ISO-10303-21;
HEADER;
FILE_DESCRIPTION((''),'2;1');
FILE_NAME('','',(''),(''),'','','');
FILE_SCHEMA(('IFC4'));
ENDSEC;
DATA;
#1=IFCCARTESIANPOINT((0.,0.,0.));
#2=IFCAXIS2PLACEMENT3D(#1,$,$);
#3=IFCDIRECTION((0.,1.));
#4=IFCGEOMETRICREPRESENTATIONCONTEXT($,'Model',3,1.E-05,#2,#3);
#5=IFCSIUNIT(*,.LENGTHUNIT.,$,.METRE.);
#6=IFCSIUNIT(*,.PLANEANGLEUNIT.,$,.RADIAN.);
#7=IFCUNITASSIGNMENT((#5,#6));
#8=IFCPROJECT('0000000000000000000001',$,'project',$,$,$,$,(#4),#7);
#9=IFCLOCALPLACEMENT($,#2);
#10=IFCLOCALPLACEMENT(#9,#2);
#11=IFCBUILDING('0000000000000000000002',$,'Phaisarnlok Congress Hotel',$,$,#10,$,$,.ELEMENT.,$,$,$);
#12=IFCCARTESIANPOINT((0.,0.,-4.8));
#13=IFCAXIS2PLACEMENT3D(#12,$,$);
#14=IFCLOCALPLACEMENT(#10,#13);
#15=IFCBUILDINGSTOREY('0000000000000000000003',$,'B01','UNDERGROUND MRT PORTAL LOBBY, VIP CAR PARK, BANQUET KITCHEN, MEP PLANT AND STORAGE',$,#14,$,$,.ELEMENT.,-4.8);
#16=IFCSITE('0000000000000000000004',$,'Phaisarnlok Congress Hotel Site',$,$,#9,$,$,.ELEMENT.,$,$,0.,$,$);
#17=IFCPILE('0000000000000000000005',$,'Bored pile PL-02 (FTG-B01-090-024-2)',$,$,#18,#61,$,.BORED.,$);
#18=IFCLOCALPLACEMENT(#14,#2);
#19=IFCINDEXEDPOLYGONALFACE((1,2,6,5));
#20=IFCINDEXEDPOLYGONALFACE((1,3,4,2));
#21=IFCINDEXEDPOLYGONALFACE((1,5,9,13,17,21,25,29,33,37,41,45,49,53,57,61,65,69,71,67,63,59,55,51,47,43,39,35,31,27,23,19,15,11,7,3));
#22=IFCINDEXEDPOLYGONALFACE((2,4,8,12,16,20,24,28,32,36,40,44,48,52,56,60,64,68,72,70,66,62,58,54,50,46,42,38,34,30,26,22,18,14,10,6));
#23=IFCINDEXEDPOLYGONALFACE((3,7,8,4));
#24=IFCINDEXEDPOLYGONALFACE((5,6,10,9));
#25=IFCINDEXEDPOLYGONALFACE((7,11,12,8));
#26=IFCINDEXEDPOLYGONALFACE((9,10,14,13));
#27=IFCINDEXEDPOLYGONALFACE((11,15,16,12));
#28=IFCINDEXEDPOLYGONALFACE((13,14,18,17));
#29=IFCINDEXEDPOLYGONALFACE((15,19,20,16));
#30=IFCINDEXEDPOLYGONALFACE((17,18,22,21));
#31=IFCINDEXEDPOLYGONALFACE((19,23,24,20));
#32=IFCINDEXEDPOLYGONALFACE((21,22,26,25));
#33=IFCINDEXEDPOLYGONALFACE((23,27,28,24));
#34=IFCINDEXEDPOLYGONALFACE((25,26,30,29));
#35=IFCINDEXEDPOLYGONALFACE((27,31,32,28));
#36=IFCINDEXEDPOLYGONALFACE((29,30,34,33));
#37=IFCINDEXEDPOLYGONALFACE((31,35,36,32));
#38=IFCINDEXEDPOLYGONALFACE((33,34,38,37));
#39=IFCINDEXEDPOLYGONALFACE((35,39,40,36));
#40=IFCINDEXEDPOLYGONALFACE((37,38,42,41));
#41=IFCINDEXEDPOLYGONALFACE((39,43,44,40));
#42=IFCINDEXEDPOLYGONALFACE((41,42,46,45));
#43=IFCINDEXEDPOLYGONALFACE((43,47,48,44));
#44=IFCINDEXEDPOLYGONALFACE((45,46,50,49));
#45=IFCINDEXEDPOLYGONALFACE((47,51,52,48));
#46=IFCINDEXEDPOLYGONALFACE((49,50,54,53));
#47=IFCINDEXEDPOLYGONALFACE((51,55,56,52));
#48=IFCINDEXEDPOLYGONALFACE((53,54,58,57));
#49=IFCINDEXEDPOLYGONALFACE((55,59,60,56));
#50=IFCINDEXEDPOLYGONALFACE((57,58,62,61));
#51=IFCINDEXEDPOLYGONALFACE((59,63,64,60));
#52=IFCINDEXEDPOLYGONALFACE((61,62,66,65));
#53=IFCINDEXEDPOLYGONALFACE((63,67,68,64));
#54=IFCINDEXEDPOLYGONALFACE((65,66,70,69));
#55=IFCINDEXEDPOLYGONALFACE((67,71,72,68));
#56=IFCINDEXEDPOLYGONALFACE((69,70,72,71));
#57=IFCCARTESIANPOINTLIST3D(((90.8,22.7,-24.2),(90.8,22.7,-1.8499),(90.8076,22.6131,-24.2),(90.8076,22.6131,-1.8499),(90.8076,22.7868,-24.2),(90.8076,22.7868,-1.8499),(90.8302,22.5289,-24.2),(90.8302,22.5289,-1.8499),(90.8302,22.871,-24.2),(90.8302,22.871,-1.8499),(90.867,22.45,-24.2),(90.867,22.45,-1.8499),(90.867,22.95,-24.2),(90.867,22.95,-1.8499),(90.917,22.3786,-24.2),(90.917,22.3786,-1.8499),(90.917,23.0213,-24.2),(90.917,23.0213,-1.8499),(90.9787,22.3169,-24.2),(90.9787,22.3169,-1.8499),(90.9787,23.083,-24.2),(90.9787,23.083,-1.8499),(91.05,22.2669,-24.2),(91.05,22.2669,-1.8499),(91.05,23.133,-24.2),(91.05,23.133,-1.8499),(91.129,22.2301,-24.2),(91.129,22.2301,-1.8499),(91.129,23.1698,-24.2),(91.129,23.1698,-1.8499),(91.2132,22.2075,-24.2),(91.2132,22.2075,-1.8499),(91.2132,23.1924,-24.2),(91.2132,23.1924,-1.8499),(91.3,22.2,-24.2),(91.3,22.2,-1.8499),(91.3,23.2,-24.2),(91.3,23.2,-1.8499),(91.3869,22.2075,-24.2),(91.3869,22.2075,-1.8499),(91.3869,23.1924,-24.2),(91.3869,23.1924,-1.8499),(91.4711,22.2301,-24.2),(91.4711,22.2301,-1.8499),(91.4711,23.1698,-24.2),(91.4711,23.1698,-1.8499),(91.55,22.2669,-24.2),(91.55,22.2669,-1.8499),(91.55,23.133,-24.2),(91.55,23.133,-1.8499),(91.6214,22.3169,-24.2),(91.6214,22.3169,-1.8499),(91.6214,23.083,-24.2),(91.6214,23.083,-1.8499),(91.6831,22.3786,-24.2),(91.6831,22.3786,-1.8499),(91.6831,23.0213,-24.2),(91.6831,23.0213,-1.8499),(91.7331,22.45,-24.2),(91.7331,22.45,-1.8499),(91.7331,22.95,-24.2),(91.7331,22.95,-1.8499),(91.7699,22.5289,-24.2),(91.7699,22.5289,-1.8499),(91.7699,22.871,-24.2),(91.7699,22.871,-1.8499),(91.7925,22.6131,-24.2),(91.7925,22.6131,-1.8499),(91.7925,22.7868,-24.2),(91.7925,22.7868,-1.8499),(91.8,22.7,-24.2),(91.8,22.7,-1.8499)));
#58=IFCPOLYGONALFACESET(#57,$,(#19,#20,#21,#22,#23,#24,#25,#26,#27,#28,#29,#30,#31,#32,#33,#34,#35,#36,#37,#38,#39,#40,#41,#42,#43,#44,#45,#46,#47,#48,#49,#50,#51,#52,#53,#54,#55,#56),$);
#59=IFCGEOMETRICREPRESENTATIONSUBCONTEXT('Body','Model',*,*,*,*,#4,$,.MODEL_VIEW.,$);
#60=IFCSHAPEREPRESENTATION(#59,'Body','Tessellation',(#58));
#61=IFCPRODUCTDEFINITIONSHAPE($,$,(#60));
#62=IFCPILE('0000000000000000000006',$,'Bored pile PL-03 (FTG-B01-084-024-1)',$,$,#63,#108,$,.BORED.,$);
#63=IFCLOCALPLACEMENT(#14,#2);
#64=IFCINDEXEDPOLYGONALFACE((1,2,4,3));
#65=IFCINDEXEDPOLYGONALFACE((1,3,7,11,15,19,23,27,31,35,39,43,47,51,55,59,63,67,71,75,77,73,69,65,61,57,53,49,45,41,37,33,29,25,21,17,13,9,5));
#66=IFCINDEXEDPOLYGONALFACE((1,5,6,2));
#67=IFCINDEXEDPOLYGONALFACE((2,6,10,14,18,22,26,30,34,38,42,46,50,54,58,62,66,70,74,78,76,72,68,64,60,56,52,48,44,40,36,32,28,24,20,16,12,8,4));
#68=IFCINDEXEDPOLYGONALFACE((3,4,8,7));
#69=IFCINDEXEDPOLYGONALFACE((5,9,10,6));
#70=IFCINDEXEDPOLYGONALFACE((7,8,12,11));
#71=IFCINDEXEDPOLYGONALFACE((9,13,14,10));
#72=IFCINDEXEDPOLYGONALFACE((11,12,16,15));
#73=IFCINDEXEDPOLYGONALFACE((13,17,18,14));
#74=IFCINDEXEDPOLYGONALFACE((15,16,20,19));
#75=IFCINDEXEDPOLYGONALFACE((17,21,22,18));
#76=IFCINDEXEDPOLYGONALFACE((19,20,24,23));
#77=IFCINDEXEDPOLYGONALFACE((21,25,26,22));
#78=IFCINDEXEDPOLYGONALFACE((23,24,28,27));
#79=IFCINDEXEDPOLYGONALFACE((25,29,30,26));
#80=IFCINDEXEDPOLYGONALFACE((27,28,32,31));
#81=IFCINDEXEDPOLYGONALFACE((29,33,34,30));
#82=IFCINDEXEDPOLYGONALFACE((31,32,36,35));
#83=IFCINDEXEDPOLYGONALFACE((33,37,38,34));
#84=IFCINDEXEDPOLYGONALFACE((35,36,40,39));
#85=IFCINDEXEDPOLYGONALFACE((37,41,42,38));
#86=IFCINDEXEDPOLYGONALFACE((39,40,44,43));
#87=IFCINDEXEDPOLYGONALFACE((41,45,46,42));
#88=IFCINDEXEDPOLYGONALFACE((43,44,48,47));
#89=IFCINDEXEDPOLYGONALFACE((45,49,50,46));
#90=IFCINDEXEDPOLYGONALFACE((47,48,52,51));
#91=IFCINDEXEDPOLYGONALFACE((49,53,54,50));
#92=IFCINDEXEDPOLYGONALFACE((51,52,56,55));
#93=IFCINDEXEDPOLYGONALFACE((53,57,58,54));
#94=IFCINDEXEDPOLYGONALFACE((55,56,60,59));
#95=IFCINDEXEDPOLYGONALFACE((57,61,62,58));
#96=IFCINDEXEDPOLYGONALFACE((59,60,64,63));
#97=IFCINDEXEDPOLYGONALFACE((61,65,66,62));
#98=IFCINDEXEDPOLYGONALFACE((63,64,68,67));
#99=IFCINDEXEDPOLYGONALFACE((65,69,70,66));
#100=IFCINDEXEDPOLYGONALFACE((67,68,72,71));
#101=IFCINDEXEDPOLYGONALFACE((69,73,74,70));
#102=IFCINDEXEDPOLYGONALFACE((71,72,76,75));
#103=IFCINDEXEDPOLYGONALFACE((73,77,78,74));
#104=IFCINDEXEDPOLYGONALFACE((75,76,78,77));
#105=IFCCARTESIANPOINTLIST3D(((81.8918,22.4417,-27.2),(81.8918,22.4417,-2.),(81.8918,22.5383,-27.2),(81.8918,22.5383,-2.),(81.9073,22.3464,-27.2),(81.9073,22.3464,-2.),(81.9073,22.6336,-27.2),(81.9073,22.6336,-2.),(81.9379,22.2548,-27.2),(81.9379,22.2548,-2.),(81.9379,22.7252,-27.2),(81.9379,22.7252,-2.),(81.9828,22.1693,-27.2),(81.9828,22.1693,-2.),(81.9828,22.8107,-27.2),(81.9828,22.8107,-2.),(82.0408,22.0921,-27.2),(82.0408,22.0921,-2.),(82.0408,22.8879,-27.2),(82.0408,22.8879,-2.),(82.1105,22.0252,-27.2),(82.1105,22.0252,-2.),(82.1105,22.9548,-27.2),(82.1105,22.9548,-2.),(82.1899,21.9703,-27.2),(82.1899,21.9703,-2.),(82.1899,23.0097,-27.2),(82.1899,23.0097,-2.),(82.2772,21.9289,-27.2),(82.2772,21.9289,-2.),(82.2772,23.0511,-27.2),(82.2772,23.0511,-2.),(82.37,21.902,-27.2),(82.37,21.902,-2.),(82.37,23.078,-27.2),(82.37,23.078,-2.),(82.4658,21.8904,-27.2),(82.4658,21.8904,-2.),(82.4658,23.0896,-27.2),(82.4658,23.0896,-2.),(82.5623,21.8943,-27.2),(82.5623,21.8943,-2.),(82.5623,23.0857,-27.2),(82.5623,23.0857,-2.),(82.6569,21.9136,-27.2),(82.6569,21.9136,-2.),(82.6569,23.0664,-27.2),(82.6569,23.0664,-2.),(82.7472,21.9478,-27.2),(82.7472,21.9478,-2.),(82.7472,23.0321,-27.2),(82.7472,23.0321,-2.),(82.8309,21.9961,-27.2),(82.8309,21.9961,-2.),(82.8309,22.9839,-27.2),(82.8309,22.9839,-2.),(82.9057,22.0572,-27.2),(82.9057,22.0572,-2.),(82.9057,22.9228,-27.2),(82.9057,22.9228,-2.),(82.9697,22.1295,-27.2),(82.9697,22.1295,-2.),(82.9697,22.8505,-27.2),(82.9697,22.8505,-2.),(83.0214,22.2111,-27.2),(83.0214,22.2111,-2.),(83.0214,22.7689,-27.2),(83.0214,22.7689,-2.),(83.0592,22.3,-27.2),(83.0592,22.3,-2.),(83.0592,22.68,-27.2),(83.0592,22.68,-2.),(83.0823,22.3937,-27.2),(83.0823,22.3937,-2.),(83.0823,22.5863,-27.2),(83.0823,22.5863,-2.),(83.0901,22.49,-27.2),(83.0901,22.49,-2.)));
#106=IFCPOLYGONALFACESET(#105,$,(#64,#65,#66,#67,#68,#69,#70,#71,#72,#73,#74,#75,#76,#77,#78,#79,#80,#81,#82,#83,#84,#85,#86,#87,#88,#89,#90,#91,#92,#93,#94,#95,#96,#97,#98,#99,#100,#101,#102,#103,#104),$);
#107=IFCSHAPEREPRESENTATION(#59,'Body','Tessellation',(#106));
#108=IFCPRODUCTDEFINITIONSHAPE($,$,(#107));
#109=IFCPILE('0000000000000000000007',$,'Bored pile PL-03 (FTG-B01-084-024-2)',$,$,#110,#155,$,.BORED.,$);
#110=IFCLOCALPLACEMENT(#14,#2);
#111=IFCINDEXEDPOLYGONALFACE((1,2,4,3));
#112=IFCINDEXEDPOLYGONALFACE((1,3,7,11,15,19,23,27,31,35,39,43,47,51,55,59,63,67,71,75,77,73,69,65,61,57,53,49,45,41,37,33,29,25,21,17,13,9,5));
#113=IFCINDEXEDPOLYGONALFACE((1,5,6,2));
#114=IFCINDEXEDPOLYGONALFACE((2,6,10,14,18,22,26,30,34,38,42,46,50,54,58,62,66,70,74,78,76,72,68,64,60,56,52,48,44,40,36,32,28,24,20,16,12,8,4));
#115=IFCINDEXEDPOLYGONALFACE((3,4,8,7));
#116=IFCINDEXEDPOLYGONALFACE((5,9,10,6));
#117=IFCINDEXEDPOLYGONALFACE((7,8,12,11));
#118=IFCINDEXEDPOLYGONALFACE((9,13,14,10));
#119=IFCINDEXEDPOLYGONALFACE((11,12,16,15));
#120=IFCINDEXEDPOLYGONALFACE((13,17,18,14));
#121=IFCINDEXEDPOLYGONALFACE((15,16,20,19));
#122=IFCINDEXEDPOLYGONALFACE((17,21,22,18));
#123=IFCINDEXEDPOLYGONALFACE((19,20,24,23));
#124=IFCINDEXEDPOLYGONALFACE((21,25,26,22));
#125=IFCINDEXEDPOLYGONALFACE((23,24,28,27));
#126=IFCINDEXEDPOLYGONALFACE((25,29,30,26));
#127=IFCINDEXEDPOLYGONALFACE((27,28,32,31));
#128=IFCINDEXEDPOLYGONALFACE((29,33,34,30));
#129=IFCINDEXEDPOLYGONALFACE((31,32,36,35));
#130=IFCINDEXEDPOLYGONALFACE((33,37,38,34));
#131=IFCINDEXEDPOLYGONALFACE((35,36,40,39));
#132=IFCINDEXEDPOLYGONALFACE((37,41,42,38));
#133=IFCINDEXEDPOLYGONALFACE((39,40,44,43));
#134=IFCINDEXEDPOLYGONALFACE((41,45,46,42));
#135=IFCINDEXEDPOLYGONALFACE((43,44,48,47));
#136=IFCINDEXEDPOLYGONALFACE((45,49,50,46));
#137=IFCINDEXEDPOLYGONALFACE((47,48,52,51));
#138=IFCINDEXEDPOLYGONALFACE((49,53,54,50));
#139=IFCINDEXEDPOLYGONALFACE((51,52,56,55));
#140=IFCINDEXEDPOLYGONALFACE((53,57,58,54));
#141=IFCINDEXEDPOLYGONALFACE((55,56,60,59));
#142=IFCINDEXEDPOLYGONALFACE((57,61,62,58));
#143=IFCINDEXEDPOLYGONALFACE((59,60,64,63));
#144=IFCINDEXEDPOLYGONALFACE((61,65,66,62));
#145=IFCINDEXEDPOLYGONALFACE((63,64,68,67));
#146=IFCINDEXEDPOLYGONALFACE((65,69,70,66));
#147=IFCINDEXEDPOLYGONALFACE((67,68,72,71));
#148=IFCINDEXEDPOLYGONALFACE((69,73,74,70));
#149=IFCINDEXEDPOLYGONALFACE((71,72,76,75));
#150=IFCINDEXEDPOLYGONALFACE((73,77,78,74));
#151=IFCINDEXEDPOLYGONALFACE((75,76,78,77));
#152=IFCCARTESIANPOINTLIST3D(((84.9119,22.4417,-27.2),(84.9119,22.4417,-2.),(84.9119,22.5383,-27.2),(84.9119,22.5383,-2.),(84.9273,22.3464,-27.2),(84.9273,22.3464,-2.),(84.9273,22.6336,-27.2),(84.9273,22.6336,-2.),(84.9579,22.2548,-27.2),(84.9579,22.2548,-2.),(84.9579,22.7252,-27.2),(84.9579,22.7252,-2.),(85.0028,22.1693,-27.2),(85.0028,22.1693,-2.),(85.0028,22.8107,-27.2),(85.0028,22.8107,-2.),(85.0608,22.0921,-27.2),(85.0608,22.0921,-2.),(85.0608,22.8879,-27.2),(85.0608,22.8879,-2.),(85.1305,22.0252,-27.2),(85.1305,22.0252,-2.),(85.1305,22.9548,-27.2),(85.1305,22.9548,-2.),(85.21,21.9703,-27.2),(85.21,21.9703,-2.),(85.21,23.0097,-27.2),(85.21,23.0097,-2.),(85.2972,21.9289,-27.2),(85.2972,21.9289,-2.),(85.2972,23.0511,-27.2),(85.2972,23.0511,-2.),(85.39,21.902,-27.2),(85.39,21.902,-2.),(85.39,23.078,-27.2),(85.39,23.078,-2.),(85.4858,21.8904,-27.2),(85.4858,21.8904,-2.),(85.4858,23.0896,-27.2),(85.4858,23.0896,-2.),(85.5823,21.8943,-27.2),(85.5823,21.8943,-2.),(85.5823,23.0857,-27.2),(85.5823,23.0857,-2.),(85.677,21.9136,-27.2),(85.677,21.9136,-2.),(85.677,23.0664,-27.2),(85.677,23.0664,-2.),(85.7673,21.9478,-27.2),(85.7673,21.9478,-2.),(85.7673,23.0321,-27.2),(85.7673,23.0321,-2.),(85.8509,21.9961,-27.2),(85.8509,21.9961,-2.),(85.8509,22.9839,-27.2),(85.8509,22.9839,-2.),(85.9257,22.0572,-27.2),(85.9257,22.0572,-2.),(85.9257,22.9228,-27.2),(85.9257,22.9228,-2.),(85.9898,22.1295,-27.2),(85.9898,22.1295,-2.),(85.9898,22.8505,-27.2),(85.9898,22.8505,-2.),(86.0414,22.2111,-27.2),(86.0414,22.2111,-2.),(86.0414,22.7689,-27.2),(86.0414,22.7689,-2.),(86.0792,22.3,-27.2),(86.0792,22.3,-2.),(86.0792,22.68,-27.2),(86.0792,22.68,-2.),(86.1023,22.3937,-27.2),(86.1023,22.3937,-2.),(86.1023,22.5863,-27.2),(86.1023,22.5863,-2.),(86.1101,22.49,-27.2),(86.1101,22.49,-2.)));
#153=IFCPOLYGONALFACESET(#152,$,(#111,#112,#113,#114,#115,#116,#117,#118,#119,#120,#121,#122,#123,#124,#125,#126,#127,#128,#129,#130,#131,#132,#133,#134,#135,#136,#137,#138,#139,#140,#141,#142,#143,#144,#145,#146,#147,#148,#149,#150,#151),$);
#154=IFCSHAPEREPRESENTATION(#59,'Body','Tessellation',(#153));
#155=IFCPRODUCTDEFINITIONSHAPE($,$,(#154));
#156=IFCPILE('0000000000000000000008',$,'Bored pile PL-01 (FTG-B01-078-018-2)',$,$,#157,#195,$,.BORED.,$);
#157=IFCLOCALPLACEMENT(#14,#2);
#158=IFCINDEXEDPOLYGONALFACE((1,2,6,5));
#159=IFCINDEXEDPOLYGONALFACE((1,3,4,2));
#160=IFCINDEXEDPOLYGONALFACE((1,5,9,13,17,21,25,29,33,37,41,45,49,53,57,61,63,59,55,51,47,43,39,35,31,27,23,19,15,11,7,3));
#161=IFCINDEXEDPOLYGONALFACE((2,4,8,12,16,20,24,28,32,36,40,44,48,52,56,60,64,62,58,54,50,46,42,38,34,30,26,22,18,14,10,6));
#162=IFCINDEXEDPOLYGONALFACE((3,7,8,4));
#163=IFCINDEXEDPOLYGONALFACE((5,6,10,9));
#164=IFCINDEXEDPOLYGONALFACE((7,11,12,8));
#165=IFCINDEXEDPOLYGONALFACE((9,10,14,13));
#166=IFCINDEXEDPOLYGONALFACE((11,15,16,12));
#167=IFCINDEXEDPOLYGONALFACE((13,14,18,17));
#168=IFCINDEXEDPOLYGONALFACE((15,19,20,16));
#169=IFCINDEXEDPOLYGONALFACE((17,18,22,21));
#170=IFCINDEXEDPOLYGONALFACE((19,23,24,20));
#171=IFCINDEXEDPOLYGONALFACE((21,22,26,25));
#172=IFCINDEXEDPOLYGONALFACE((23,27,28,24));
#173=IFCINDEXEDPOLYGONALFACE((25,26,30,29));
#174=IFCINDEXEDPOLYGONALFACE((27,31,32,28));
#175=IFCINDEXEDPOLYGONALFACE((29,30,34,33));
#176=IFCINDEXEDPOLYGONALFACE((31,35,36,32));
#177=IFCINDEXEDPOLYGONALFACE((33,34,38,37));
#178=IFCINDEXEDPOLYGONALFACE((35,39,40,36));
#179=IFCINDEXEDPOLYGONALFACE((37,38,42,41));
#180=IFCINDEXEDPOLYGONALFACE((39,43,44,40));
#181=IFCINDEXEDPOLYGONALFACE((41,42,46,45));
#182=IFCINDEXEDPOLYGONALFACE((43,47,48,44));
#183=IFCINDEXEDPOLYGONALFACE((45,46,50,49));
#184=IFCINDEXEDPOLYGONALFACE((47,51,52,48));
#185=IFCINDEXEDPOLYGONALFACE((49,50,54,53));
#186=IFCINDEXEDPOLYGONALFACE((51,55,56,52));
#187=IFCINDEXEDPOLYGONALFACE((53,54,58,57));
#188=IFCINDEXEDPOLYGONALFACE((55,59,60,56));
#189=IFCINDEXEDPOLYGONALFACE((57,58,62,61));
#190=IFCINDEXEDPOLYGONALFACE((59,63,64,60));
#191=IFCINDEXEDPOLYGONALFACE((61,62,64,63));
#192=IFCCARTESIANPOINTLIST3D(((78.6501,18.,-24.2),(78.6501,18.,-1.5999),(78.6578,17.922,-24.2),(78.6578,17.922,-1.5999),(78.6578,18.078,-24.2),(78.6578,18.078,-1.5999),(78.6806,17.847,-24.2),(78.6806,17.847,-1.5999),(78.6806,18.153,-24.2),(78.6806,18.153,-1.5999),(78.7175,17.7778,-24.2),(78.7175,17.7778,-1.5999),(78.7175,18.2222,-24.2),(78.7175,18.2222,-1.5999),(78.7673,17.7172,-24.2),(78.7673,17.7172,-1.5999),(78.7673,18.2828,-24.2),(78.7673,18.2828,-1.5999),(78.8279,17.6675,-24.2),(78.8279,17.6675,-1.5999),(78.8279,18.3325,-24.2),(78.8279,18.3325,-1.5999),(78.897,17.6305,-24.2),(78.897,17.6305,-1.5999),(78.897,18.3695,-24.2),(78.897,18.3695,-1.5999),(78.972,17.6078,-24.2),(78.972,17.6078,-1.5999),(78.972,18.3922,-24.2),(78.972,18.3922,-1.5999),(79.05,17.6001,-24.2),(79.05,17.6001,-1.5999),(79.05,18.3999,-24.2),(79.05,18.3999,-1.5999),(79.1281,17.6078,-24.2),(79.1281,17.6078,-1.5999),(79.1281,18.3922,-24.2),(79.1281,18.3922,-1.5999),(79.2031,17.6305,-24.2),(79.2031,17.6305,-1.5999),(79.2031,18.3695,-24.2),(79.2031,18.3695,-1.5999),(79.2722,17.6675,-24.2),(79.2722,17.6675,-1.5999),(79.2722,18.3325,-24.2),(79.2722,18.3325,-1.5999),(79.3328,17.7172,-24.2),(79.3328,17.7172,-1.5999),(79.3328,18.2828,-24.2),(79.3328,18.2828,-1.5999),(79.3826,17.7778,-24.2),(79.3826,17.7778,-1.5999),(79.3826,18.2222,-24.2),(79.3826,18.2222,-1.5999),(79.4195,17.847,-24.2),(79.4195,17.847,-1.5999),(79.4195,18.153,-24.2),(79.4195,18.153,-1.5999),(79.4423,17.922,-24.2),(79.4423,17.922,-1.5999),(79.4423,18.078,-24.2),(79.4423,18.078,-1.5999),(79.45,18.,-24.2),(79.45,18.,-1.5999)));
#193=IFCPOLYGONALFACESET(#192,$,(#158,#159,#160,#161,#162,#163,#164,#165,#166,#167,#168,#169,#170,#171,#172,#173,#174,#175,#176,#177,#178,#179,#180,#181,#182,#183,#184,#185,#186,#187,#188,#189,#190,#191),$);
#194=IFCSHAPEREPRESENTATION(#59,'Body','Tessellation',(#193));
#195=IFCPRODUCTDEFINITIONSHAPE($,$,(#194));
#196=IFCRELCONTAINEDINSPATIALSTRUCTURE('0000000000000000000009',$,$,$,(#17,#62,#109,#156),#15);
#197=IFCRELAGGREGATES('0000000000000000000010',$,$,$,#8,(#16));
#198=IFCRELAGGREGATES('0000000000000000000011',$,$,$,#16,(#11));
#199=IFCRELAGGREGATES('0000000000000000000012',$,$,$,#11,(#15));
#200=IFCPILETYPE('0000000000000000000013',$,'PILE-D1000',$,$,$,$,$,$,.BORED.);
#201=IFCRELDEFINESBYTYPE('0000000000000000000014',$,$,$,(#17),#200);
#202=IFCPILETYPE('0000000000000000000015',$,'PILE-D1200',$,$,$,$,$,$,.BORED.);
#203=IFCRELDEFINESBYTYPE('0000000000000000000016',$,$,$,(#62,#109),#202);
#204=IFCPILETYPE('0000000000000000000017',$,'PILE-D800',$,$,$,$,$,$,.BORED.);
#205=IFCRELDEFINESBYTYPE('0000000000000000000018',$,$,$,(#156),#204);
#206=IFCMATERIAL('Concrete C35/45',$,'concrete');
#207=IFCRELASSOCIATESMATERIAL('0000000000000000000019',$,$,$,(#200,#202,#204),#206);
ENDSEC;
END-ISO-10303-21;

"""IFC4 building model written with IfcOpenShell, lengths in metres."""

from ifc_helpers import new_model, si_unit, direction, frame, origin, origin_2d, place, context, subcontext, project, spatial, circle, extrude, material, material_profile, profile_set, type_object, element, save


model = new_model("IFC4")

# Units and contexts
model_context = context("Model", 3, precision=1e-05, world=origin(), true_north=direction((0.0, 1.0)))
body_context = subcontext(model_context, "Body", "Model", "MODEL_VIEW")
ifc_project = project(units=[si_unit("LENGTHUNIT", "METRE"), si_unit("PLANEANGLEUNIT", "RADIAN")], contexts=[model_context])

# Site, building, storey
site_placement = place(None, origin())
site = spatial("IfcSite", under=ifc_project, at=site_placement, Name="Phaisarnlok Congress Hotel Site", CompositionType="ELEMENT", RefElevation=0.0)
building_placement = place(site_placement, origin())
building = spatial("IfcBuilding", under=site, at=building_placement, Name="Phaisarnlok Congress Hotel", CompositionType="ELEMENT")
storey_placement = place(building_placement, frame((0.0, 0.0, -4.8)))
storey = spatial("IfcBuildingStorey", under=building, at=storey_placement, Name="B01", Description="UNDERGROUND MRT PORTAL LOBBY, VIP CAR PARK, BANQUET KITCHEN, MEP PLANT AND STORAGE", CompositionType="ELEMENT", Elevation=-4.8)

# Piles
ifc_material_1 = material(Name="Concrete C35/45", Category="concrete")
ifc_material_profile_1 = material_profile(ifc_material_1, circle(Radius=0.5, at=origin_2d()), Name="BORED PILE D1000")
ifc_profile_set_1 = profile_set([ifc_material_profile_1], Name="Concrete C35/45")
pile_type_1 = type_object("IfcPileType", Name="PILE-D1000", PredefinedType="BORED", material=ifc_profile_set_1)
for number, where, z_axis, x_axis, name in (
    (1, (91.3, 22.7, -1.8499), (0.0, 0.0, -1.0), (1.0, 0.0, 0.0), "Bored pile PL-02 (FTG-B01-090-024-2)"),
):
    element("IfcPile", number, at=place(storey_placement, frame(where, z_axis=z_axis, x_axis=x_axis)), inside=storey, type_object=pile_type_1, Name=name, PredefinedType="BORED", context=body_context, shape_type="SweptSolid", body=[
        extrude(circle(Radius=0.5, at=origin_2d()), origin(), (0.0, 0.0, 1.0), 22.3501),
    ])
ifc_material_profile_2 = material_profile(ifc_material_1, circle(Radius=0.6001, at=origin_2d()), Name="BORED PILE D1200")
ifc_profile_set_2 = profile_set([ifc_material_profile_2], Name="Concrete C35/45")
pile_type_2 = type_object("IfcPileType", Name="PILE-D1200", PredefinedType="BORED", material=ifc_profile_set_2)
for number, where, z_axis, x_axis, name in (
    (2, (82.49, 22.49, -2.0), (0.0, 0.0, -1.0), (1.0, 0.0, 0.0), "Bored pile PL-03 (FTG-B01-084-024-1)"),
    (3, (85.51, 22.49, -2.0), (0.0, 0.0, -1.0), (1.0, 0.0, 0.0), "Bored pile PL-03 (FTG-B01-084-024-2)"),
):
    element("IfcPile", number, at=place(storey_placement, frame(where, z_axis=z_axis, x_axis=x_axis)), inside=storey, type_object=pile_type_2, Name=name, PredefinedType="BORED", context=body_context, shape_type="SweptSolid", body=[
        extrude(circle(Radius=0.6001, at=origin_2d()), origin(), (0.0, 0.0, 1.0), 25.2),
    ])
ifc_material_profile_3 = material_profile(ifc_material_1, circle(Radius=0.3999, at=origin_2d()), Name="BORED PILE D800")
ifc_profile_set_3 = profile_set([ifc_material_profile_3], Name="Concrete C35/45")
pile_type_3 = type_object("IfcPileType", Name="PILE-D800", PredefinedType="BORED", material=ifc_profile_set_3)
pile_1_placement = place(storey_placement, frame((79.05, 18.0, -1.5999), z_axis=(0.0, 0.0, -1.0), x_axis=(1.0, 0.0, 0.0)))
element("IfcPile", 4, at=pile_1_placement, inside=storey, type_object=pile_type_3, Name="Bored pile PL-01 (FTG-B01-078-018-2)", PredefinedType="BORED", context=body_context, shape_type="SweptSolid", body=[
    extrude(circle(Radius=0.3999, at=origin_2d()), origin(), (0.0, 0.0, 1.0), 22.6001),
])

save(model, "model.ifc")
